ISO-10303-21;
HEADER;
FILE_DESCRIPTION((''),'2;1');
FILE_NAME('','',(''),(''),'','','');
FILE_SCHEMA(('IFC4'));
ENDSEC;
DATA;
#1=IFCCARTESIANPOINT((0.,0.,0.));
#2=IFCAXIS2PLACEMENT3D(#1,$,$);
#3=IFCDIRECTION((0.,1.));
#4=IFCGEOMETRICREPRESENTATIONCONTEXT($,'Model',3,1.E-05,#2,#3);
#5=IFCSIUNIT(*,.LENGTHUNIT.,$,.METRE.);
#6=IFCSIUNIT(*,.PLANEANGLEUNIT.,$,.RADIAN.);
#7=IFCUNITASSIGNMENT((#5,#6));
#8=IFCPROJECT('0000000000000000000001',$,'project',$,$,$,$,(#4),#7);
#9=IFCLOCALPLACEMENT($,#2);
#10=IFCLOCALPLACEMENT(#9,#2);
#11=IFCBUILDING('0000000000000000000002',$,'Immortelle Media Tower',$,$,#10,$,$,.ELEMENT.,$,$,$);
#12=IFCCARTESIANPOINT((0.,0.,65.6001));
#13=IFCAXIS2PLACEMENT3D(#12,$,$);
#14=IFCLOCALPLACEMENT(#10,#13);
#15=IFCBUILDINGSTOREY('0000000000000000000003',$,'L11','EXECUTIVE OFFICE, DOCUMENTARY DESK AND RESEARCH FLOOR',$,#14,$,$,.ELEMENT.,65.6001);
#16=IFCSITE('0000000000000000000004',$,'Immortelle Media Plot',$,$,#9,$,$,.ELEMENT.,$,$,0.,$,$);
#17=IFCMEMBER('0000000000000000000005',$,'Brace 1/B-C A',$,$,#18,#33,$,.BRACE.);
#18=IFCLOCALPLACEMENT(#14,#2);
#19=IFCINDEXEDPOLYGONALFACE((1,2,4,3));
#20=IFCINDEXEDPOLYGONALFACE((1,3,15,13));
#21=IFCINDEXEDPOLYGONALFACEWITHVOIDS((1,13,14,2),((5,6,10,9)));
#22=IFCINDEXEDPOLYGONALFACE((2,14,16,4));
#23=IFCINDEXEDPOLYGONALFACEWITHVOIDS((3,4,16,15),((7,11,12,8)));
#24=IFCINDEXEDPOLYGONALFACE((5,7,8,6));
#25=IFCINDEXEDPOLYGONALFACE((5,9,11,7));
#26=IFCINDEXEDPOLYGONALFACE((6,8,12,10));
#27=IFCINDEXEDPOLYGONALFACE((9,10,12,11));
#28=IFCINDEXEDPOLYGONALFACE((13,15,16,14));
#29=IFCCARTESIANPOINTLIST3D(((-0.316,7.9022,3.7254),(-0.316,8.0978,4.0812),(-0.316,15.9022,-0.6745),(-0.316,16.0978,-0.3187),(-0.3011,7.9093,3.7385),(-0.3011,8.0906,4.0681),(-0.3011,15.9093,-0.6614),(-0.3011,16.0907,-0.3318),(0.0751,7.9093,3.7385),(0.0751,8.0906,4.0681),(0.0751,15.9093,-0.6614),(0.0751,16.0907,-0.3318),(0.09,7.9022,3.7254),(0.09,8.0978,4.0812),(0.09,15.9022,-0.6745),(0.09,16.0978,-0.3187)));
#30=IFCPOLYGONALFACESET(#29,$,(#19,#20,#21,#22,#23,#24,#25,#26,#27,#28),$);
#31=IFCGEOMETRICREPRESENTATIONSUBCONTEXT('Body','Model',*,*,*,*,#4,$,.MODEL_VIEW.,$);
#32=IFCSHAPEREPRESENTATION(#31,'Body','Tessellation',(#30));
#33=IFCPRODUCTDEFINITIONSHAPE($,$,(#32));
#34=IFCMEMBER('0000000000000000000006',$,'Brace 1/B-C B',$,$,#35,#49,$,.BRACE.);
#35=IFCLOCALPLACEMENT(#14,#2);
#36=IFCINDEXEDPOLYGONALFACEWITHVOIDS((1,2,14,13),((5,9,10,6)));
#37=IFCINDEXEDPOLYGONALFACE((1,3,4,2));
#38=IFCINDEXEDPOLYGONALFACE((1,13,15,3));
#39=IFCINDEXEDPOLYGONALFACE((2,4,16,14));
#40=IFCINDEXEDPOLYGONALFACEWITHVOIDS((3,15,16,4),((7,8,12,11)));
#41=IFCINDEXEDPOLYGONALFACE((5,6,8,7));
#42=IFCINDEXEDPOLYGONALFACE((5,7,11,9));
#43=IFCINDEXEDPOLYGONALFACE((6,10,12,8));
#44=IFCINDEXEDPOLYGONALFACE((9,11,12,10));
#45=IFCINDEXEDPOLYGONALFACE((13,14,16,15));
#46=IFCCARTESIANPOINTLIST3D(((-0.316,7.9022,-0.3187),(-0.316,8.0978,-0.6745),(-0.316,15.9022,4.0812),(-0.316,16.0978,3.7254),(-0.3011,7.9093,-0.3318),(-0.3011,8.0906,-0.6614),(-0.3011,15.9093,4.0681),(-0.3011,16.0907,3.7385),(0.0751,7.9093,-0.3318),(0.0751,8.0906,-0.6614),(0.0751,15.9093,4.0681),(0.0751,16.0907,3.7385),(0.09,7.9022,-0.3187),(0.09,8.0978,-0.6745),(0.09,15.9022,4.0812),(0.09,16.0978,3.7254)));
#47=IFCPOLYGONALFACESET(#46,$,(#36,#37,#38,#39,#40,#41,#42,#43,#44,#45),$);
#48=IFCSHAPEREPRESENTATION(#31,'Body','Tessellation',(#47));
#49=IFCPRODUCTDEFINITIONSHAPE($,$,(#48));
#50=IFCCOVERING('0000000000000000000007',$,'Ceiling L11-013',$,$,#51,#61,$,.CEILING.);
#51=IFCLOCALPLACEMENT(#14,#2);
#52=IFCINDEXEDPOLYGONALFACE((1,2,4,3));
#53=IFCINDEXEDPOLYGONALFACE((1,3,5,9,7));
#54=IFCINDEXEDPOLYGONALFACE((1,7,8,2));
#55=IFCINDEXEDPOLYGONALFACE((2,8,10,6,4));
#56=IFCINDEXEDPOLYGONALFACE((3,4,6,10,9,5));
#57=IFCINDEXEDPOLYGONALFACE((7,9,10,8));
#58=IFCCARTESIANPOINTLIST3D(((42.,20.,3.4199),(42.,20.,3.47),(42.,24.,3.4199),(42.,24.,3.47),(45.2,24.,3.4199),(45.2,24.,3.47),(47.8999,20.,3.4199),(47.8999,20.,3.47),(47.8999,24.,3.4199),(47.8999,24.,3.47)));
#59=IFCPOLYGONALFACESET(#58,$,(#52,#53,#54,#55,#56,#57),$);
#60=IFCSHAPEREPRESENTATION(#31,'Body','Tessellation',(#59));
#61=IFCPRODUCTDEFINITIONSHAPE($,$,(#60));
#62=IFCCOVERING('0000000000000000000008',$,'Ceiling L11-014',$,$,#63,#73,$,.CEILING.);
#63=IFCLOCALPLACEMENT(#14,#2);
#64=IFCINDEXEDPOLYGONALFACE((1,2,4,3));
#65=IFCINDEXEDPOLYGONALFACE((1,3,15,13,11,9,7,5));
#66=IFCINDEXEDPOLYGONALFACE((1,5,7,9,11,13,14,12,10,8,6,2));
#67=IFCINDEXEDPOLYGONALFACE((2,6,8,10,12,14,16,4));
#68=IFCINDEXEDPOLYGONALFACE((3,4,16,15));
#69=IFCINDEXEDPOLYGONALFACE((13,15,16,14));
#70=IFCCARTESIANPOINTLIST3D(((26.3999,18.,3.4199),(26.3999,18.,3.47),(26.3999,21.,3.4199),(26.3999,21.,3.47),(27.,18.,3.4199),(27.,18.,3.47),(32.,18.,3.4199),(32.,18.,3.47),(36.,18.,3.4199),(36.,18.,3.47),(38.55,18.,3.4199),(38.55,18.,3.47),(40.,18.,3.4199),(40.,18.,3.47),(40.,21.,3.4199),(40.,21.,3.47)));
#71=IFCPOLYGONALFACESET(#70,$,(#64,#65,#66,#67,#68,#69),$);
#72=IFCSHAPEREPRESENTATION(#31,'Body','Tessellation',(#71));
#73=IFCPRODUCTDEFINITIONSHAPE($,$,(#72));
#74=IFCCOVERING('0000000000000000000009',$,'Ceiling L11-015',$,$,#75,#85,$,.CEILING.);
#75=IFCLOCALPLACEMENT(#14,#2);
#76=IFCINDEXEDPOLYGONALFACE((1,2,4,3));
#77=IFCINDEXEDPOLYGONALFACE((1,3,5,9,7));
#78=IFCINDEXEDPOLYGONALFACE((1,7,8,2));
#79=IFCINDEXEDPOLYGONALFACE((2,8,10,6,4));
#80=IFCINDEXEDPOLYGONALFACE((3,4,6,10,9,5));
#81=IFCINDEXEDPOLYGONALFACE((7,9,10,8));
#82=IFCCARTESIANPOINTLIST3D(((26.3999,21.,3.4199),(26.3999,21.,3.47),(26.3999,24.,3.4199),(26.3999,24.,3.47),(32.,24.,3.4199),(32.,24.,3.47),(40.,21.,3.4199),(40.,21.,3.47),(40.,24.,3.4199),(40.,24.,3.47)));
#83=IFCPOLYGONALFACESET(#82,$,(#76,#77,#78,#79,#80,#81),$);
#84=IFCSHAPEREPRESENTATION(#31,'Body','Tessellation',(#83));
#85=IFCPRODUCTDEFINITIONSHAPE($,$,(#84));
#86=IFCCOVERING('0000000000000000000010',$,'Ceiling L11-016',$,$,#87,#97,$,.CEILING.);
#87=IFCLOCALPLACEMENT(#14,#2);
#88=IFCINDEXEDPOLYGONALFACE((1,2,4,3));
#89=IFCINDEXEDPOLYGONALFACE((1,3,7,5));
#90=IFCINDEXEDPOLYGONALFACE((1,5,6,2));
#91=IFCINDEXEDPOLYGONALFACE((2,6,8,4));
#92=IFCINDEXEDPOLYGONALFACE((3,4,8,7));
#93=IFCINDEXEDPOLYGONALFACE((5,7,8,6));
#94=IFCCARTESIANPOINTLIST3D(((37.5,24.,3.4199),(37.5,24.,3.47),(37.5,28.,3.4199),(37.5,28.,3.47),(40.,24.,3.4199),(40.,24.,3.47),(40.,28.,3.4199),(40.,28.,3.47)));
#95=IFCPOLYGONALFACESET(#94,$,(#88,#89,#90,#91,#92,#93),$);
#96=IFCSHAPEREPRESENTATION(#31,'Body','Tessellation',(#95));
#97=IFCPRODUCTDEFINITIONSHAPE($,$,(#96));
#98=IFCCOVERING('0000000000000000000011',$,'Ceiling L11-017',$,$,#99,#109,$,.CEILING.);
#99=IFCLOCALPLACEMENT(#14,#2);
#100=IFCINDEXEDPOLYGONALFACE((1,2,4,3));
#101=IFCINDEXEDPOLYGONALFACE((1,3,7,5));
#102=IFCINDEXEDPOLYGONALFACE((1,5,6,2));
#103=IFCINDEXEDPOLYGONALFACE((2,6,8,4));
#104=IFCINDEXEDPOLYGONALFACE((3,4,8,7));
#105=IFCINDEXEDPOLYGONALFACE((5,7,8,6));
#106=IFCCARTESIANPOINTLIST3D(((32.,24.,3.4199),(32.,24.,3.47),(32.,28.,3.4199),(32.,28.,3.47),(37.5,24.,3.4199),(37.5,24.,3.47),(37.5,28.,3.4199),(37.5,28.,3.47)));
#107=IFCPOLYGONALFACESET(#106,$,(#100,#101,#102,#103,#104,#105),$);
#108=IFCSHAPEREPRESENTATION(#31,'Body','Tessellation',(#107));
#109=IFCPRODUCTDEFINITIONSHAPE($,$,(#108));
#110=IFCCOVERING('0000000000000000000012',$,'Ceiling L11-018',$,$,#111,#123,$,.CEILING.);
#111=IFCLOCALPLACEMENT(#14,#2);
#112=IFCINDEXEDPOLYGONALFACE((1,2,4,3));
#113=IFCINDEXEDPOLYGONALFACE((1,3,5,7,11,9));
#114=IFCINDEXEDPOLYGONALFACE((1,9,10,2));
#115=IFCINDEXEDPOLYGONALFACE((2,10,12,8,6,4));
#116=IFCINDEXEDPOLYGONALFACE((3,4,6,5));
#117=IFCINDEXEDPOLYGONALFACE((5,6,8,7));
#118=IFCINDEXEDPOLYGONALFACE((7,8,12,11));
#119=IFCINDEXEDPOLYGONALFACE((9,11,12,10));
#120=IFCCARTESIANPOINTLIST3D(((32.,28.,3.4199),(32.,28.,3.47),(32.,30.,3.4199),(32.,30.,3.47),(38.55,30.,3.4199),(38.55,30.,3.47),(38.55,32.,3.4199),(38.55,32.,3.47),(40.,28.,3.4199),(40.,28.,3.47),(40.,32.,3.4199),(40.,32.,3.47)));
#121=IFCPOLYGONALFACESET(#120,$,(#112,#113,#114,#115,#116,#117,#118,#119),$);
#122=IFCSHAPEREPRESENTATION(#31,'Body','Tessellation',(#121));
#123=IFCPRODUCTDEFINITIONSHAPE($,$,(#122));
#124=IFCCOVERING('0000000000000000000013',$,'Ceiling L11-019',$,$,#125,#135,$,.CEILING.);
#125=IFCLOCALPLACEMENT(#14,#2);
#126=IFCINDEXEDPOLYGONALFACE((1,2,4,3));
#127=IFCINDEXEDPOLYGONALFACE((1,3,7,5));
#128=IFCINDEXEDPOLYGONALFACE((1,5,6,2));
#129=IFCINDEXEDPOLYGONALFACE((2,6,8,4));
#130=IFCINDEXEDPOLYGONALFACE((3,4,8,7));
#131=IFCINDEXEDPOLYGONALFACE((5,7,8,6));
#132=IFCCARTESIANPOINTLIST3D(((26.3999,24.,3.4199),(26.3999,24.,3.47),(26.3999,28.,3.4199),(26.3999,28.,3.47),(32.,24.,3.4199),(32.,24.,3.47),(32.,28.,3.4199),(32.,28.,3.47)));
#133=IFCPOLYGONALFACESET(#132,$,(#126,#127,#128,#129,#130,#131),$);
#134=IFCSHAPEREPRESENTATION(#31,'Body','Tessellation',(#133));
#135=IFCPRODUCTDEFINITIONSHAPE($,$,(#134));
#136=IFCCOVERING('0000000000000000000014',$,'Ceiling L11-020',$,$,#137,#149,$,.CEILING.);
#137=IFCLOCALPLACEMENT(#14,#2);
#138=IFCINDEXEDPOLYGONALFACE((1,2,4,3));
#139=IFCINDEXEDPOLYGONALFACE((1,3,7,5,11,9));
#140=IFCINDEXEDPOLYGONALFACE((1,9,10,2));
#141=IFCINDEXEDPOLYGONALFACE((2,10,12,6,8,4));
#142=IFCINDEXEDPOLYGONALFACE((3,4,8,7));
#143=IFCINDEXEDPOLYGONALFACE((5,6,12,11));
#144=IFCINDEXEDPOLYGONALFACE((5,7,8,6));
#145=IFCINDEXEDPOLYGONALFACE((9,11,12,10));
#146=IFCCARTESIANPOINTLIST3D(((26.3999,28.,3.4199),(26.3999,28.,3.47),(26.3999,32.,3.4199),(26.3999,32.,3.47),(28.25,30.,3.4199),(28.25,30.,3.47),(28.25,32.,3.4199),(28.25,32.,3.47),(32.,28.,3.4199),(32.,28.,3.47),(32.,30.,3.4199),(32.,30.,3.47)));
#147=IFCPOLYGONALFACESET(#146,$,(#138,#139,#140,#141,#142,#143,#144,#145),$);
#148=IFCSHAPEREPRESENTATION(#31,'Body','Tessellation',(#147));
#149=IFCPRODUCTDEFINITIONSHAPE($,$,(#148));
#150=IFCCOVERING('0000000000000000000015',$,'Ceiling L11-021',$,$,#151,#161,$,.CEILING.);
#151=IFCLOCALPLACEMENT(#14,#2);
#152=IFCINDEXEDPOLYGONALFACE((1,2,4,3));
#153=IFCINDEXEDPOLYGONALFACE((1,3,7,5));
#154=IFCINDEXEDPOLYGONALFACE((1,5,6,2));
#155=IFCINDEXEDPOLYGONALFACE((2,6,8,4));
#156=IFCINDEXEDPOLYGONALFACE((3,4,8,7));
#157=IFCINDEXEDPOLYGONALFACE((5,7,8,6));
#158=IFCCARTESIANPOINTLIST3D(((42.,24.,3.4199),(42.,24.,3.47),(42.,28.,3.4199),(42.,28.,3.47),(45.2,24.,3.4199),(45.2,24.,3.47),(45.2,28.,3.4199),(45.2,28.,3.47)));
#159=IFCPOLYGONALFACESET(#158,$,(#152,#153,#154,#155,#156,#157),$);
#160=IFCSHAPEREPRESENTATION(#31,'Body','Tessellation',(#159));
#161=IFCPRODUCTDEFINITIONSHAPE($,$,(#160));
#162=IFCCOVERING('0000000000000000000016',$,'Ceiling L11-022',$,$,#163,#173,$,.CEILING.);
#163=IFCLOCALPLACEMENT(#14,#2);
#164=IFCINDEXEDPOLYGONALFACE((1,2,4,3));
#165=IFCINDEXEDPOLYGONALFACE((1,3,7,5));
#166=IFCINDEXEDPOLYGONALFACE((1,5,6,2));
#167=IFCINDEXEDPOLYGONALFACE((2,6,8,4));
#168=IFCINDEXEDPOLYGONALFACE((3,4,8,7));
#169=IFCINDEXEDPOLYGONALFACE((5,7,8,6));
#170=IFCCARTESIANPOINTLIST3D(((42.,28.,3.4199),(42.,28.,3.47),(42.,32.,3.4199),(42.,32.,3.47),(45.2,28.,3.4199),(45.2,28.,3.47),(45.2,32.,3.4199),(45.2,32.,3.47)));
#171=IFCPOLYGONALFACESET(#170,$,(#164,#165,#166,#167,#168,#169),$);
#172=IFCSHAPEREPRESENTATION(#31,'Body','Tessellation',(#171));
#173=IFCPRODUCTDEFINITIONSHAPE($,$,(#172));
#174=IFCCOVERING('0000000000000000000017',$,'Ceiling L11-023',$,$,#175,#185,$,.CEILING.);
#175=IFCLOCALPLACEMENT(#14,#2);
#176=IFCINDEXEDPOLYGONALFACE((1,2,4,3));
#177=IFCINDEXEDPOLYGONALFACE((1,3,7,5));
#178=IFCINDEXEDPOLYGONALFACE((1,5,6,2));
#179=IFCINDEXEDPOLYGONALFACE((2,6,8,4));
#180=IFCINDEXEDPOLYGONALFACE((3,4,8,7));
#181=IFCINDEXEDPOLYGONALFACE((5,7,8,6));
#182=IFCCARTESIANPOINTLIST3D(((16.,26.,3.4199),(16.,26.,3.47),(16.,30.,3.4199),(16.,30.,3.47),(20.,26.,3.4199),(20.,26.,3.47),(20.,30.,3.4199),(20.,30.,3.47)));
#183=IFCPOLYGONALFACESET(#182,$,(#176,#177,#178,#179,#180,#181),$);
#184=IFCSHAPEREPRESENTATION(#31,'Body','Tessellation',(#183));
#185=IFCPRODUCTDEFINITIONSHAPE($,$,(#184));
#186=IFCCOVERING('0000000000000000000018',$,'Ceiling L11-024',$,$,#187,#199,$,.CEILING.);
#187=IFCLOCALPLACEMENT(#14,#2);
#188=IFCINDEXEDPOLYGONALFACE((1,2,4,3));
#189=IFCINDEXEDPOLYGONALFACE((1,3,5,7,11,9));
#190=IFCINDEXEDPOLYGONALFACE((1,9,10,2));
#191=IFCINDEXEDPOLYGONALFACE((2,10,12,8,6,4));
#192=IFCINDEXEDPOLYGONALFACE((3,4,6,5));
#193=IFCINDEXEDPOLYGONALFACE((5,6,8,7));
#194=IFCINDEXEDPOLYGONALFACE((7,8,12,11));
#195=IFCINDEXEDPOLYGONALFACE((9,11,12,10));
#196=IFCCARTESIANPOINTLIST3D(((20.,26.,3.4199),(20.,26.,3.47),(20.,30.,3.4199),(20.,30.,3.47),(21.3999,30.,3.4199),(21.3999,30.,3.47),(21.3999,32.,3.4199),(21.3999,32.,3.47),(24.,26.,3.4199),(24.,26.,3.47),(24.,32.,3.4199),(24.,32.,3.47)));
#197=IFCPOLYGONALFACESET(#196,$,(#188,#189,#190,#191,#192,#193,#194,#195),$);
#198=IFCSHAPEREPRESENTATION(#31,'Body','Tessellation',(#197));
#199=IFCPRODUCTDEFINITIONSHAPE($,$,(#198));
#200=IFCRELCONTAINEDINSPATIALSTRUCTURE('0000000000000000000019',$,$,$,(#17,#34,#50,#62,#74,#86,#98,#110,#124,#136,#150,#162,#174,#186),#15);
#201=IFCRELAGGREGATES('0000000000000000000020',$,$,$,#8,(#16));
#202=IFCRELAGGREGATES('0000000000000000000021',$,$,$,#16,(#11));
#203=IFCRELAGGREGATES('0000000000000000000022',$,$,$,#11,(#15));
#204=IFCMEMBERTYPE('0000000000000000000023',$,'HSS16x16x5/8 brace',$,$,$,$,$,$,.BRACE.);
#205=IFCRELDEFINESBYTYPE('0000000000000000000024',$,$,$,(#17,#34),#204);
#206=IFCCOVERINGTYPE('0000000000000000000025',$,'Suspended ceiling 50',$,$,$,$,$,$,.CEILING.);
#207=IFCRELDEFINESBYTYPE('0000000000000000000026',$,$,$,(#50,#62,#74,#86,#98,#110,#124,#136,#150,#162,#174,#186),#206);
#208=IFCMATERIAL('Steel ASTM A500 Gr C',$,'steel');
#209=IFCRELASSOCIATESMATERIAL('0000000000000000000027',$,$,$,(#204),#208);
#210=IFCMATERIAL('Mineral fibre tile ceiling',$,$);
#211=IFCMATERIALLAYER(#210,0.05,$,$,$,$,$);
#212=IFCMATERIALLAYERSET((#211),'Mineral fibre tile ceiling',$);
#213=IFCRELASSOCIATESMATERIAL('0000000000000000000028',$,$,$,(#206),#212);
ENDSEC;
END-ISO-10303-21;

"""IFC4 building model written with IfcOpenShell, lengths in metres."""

from ifc_helpers import new_model, si_unit, direction, frame, origin, origin_2d, place, context, subcontext, project, spatial, polyline, hollow_rectangle, outline, extrude, material, layer, layer_set, material_profile, profile_set, type_object, element, save


model = new_model("IFC4")

# Units and contexts
model_context = context("Model", 3, precision=1e-05, world=origin(), true_north=direction((0.0, 1.0)))
body_context = subcontext(model_context, "Body", "Model", "MODEL_VIEW")
ifc_project = project(units=[si_unit("LENGTHUNIT", "METRE"), si_unit("PLANEANGLEUNIT", "RADIAN")], contexts=[model_context])

# Site, building, storey
site_placement = place(None, origin())
site = spatial("IfcSite", under=ifc_project, at=site_placement, Name="Immortelle Media Plot", CompositionType="ELEMENT", RefElevation=0.0)
building_placement = place(site_placement, origin())
building = spatial("IfcBuilding", under=site, at=building_placement, Name="Immortelle Media Tower", CompositionType="ELEMENT")
storey_placement = place(building_placement, frame((0.0, 0.0, 65.6001)))
storey = spatial("IfcBuildingStorey", under=building, at=storey_placement, Name="L11", Description="EXECUTIVE OFFICE, DOCUMENTARY DESK AND RESEARCH FLOOR", CompositionType="ELEMENT", Elevation=65.6001)

# Members
ifc_material_1 = material(Name="Steel ASTM A500 Gr C", Category="steel")
ifc_material_profile_1 = material_profile(ifc_material_1, hollow_rectangle(XDim=0.406, YDim=0.406, WallThickness=0.0149, at=origin_2d()), Name="HSS16x16x5/8 brace")
ifc_profile_set_1 = profile_set([ifc_material_profile_1], Name="Steel ASTM A500 Gr C")
member_type = type_object("IfcMemberType", Name="HSS16x16x5/8 brace", PredefinedType="BRACE", material=ifc_profile_set_1)
for number, where, z_axis, x_axis, name in (
    (1, (-0.113, 16.0, -0.4966), (0.0, -0.87622, 0.481911), (1.0, 0.0, 0.0), "Brace 1/B-C A"),
    (2, (-0.113, 16.0, 3.9033), (0.0, -0.87622, -0.481911), (1.0, 0.0, 0.0), "Brace 1/B-C B"),
):
    element("IfcMember", number, at=place(storey_placement, frame(where, z_axis=z_axis, x_axis=x_axis)), inside=storey, type_object=member_type, Name=name, PredefinedType="BRACE", context=body_context, shape_type="SweptSolid", body=[
        extrude(hollow_rectangle(XDim=0.406, YDim=0.406, WallThickness=0.0149, at=origin_2d()), origin(), (0.0, 0.0, 1.0), 9.1301),
    ])

# Coverings
ifc_material_2 = material(Name="Mineral fibre tile ceiling")
ifc_layer = layer(ifc_material_2, 0.05)
ifc_layer_set = layer_set([ifc_layer], Name="Mineral fibre tile ceiling")
covering_type = type_object("IfcCoveringType", Name="Suspended ceiling 50", PredefinedType="CEILING", material=ifc_layer_set)
covering_1_placement = place(storey_placement, frame((0.0, 0.0, 3.4199)))
element("IfcCovering", 3, at=covering_1_placement, inside=storey, type_object=covering_type, Name="Ceiling L11-013", PredefinedType="CEILING", context=body_context, shape_type="SweptSolid", body=[
    extrude(outline(polyline([(42.0, 24.0), (45.2, 24.0), (47.8999, 24.0), (47.8999, 20.0), (42.0, 20.0), (42.0, 24.0)])), origin(), (0.0, 0.0, 1.0), 0.05),
])
covering_2_placement = place(storey_placement, frame((0.0, 0.0, 3.4199)))
element("IfcCovering", 4, at=covering_2_placement, inside=storey, type_object=covering_type, Name="Ceiling L11-014", PredefinedType="CEILING", context=body_context, shape_type="SweptSolid", body=[
    extrude(outline(polyline([(26.3999, 18.0), (26.3999, 21.0), (40.0, 21.0), (40.0, 18.0), (38.55, 18.0), (36.0, 18.0), (32.0, 18.0), (27.0, 18.0), (26.3999, 18.0)])), origin(), (0.0, 0.0, 1.0), 0.05),
])
covering_3_placement = place(storey_placement, frame((0.0, 0.0, 3.4199)))
element("IfcCovering", 5, at=covering_3_placement, inside=storey, type_object=covering_type, Name="Ceiling L11-015", PredefinedType="CEILING", context=body_context, shape_type="SweptSolid", body=[
    extrude(outline(polyline([(26.3999, 24.0), (32.0, 24.0), (40.0, 24.0), (40.0, 21.0), (26.3999, 21.0), (26.3999, 24.0)])), origin(), (0.0, 0.0, 1.0), 0.05),
])
covering_4_placement = place(storey_placement, frame((0.0, 0.0, 3.4199)))
element("IfcCovering", 6, at=covering_4_placement, inside=storey, type_object=covering_type, Name="Ceiling L11-016", PredefinedType="CEILING", context=body_context, shape_type="SweptSolid", body=[
    extrude(outline(polyline([(40.0, 28.0), (40.0, 24.0), (37.5, 24.0), (37.5, 28.0), (40.0, 28.0)])), origin(), (0.0, 0.0, 1.0), 0.05),
])
covering_5_placement = place(storey_placement, frame((0.0, 0.0, 3.4199)))
element("IfcCovering", 7, at=covering_5_placement, inside=storey, type_object=covering_type, Name="Ceiling L11-017", PredefinedType="CEILING", context=body_context, shape_type="SweptSolid", body=[
    extrude(outline(polyline([(37.5, 28.0), (37.5, 24.0), (32.0, 24.0), (32.0, 28.0), (37.5, 28.0)])), origin(), (0.0, 0.0, 1.0), 0.05),
])
covering_6_placement = place(storey_placement, frame((0.0, 0.0, 3.4199)))
element("IfcCovering", 8, at=covering_6_placement, inside=storey, type_object=covering_type, Name="Ceiling L11-018", PredefinedType="CEILING", context=body_context, shape_type="SweptSolid", body=[
    extrude(outline(polyline([(32.0, 30.0), (38.55, 30.0), (38.55, 32.0), (40.0, 32.0), (40.0, 28.0), (32.0, 28.0), (32.0, 30.0)])), origin(), (0.0, 0.0, 1.0), 0.05),
])
covering_7_placement = place(storey_placement, frame((0.0, 0.0, 3.4199)))
element("IfcCovering", 9, at=covering_7_placement, inside=storey, type_object=covering_type, Name="Ceiling L11-019", PredefinedType="CEILING", context=body_context, shape_type="SweptSolid", body=[
    extrude(outline(polyline([(26.3999, 28.0), (32.0, 28.0), (32.0, 24.0), (26.3999, 24.0), (26.3999, 28.0)])), origin(), (0.0, 0.0, 1.0), 0.05),
])
covering_8_placement = place(storey_placement, frame((0.0, 0.0, 3.4199)))
element("IfcCovering", 10, at=covering_8_placement, inside=storey, type_object=covering_type, Name="Ceiling L11-020", PredefinedType="CEILING", context=body_context, shape_type="SweptSolid", body=[
    extrude(outline(polyline([(26.3999, 32.0), (28.25, 32.0), (28.25, 30.0), (32.0, 30.0), (32.0, 28.0), (26.3999, 28.0), (26.3999, 32.0)])), origin(), (0.0, 0.0, 1.0), 0.05),
])
covering_9_placement = place(storey_placement, frame((0.0, 0.0, 3.4199)))
element("IfcCovering", 11, at=covering_9_placement, inside=storey, type_object=covering_type, Name="Ceiling L11-021", PredefinedType="CEILING", context=body_context, shape_type="SweptSolid", body=[
    extrude(outline(polyline([(42.0, 24.0), (42.0, 28.0), (45.2, 28.0), (45.2, 24.0), (42.0, 24.0)])), origin(), (0.0, 0.0, 1.0), 0.05),
])
covering_10_placement = place(storey_placement, frame((0.0, 0.0, 3.4199)))
element("IfcCovering", 12, at=covering_10_placement, inside=storey, type_object=covering_type, Name="Ceiling L11-022", PredefinedType="CEILING", context=body_context, shape_type="SweptSolid", body=[
    extrude(outline(polyline([(42.0, 32.0), (45.2, 32.0), (45.2, 28.0), (42.0, 28.0), (42.0, 32.0)])), origin(), (0.0, 0.0, 1.0), 0.05),
])
covering_11_placement = place(storey_placement, frame((0.0, 0.0, 3.4199)))
element("IfcCovering", 13, at=covering_11_placement, inside=storey, type_object=covering_type, Name="Ceiling L11-023", PredefinedType="CEILING", context=body_context, shape_type="SweptSolid", body=[
    extrude(outline(polyline([(16.0, 30.0), (20.0, 30.0), (20.0, 26.0), (16.0, 26.0), (16.0, 30.0)])), origin(), (0.0, 0.0, 1.0), 0.05),
])
covering_12_placement = place(storey_placement, frame((0.0, 0.0, 3.4199)))
element("IfcCovering", 14, at=covering_12_placement, inside=storey, type_object=covering_type, Name="Ceiling L11-024", PredefinedType="CEILING", context=body_context, shape_type="SweptSolid", body=[
    extrude(outline(polyline([(21.3999, 30.0), (21.3999, 32.0), (24.0, 32.0), (24.0, 26.0), (20.0, 26.0), (20.0, 30.0), (21.3999, 30.0)])), origin(), (0.0, 0.0, 1.0), 0.05),
])

save(model, "model.ifc")
